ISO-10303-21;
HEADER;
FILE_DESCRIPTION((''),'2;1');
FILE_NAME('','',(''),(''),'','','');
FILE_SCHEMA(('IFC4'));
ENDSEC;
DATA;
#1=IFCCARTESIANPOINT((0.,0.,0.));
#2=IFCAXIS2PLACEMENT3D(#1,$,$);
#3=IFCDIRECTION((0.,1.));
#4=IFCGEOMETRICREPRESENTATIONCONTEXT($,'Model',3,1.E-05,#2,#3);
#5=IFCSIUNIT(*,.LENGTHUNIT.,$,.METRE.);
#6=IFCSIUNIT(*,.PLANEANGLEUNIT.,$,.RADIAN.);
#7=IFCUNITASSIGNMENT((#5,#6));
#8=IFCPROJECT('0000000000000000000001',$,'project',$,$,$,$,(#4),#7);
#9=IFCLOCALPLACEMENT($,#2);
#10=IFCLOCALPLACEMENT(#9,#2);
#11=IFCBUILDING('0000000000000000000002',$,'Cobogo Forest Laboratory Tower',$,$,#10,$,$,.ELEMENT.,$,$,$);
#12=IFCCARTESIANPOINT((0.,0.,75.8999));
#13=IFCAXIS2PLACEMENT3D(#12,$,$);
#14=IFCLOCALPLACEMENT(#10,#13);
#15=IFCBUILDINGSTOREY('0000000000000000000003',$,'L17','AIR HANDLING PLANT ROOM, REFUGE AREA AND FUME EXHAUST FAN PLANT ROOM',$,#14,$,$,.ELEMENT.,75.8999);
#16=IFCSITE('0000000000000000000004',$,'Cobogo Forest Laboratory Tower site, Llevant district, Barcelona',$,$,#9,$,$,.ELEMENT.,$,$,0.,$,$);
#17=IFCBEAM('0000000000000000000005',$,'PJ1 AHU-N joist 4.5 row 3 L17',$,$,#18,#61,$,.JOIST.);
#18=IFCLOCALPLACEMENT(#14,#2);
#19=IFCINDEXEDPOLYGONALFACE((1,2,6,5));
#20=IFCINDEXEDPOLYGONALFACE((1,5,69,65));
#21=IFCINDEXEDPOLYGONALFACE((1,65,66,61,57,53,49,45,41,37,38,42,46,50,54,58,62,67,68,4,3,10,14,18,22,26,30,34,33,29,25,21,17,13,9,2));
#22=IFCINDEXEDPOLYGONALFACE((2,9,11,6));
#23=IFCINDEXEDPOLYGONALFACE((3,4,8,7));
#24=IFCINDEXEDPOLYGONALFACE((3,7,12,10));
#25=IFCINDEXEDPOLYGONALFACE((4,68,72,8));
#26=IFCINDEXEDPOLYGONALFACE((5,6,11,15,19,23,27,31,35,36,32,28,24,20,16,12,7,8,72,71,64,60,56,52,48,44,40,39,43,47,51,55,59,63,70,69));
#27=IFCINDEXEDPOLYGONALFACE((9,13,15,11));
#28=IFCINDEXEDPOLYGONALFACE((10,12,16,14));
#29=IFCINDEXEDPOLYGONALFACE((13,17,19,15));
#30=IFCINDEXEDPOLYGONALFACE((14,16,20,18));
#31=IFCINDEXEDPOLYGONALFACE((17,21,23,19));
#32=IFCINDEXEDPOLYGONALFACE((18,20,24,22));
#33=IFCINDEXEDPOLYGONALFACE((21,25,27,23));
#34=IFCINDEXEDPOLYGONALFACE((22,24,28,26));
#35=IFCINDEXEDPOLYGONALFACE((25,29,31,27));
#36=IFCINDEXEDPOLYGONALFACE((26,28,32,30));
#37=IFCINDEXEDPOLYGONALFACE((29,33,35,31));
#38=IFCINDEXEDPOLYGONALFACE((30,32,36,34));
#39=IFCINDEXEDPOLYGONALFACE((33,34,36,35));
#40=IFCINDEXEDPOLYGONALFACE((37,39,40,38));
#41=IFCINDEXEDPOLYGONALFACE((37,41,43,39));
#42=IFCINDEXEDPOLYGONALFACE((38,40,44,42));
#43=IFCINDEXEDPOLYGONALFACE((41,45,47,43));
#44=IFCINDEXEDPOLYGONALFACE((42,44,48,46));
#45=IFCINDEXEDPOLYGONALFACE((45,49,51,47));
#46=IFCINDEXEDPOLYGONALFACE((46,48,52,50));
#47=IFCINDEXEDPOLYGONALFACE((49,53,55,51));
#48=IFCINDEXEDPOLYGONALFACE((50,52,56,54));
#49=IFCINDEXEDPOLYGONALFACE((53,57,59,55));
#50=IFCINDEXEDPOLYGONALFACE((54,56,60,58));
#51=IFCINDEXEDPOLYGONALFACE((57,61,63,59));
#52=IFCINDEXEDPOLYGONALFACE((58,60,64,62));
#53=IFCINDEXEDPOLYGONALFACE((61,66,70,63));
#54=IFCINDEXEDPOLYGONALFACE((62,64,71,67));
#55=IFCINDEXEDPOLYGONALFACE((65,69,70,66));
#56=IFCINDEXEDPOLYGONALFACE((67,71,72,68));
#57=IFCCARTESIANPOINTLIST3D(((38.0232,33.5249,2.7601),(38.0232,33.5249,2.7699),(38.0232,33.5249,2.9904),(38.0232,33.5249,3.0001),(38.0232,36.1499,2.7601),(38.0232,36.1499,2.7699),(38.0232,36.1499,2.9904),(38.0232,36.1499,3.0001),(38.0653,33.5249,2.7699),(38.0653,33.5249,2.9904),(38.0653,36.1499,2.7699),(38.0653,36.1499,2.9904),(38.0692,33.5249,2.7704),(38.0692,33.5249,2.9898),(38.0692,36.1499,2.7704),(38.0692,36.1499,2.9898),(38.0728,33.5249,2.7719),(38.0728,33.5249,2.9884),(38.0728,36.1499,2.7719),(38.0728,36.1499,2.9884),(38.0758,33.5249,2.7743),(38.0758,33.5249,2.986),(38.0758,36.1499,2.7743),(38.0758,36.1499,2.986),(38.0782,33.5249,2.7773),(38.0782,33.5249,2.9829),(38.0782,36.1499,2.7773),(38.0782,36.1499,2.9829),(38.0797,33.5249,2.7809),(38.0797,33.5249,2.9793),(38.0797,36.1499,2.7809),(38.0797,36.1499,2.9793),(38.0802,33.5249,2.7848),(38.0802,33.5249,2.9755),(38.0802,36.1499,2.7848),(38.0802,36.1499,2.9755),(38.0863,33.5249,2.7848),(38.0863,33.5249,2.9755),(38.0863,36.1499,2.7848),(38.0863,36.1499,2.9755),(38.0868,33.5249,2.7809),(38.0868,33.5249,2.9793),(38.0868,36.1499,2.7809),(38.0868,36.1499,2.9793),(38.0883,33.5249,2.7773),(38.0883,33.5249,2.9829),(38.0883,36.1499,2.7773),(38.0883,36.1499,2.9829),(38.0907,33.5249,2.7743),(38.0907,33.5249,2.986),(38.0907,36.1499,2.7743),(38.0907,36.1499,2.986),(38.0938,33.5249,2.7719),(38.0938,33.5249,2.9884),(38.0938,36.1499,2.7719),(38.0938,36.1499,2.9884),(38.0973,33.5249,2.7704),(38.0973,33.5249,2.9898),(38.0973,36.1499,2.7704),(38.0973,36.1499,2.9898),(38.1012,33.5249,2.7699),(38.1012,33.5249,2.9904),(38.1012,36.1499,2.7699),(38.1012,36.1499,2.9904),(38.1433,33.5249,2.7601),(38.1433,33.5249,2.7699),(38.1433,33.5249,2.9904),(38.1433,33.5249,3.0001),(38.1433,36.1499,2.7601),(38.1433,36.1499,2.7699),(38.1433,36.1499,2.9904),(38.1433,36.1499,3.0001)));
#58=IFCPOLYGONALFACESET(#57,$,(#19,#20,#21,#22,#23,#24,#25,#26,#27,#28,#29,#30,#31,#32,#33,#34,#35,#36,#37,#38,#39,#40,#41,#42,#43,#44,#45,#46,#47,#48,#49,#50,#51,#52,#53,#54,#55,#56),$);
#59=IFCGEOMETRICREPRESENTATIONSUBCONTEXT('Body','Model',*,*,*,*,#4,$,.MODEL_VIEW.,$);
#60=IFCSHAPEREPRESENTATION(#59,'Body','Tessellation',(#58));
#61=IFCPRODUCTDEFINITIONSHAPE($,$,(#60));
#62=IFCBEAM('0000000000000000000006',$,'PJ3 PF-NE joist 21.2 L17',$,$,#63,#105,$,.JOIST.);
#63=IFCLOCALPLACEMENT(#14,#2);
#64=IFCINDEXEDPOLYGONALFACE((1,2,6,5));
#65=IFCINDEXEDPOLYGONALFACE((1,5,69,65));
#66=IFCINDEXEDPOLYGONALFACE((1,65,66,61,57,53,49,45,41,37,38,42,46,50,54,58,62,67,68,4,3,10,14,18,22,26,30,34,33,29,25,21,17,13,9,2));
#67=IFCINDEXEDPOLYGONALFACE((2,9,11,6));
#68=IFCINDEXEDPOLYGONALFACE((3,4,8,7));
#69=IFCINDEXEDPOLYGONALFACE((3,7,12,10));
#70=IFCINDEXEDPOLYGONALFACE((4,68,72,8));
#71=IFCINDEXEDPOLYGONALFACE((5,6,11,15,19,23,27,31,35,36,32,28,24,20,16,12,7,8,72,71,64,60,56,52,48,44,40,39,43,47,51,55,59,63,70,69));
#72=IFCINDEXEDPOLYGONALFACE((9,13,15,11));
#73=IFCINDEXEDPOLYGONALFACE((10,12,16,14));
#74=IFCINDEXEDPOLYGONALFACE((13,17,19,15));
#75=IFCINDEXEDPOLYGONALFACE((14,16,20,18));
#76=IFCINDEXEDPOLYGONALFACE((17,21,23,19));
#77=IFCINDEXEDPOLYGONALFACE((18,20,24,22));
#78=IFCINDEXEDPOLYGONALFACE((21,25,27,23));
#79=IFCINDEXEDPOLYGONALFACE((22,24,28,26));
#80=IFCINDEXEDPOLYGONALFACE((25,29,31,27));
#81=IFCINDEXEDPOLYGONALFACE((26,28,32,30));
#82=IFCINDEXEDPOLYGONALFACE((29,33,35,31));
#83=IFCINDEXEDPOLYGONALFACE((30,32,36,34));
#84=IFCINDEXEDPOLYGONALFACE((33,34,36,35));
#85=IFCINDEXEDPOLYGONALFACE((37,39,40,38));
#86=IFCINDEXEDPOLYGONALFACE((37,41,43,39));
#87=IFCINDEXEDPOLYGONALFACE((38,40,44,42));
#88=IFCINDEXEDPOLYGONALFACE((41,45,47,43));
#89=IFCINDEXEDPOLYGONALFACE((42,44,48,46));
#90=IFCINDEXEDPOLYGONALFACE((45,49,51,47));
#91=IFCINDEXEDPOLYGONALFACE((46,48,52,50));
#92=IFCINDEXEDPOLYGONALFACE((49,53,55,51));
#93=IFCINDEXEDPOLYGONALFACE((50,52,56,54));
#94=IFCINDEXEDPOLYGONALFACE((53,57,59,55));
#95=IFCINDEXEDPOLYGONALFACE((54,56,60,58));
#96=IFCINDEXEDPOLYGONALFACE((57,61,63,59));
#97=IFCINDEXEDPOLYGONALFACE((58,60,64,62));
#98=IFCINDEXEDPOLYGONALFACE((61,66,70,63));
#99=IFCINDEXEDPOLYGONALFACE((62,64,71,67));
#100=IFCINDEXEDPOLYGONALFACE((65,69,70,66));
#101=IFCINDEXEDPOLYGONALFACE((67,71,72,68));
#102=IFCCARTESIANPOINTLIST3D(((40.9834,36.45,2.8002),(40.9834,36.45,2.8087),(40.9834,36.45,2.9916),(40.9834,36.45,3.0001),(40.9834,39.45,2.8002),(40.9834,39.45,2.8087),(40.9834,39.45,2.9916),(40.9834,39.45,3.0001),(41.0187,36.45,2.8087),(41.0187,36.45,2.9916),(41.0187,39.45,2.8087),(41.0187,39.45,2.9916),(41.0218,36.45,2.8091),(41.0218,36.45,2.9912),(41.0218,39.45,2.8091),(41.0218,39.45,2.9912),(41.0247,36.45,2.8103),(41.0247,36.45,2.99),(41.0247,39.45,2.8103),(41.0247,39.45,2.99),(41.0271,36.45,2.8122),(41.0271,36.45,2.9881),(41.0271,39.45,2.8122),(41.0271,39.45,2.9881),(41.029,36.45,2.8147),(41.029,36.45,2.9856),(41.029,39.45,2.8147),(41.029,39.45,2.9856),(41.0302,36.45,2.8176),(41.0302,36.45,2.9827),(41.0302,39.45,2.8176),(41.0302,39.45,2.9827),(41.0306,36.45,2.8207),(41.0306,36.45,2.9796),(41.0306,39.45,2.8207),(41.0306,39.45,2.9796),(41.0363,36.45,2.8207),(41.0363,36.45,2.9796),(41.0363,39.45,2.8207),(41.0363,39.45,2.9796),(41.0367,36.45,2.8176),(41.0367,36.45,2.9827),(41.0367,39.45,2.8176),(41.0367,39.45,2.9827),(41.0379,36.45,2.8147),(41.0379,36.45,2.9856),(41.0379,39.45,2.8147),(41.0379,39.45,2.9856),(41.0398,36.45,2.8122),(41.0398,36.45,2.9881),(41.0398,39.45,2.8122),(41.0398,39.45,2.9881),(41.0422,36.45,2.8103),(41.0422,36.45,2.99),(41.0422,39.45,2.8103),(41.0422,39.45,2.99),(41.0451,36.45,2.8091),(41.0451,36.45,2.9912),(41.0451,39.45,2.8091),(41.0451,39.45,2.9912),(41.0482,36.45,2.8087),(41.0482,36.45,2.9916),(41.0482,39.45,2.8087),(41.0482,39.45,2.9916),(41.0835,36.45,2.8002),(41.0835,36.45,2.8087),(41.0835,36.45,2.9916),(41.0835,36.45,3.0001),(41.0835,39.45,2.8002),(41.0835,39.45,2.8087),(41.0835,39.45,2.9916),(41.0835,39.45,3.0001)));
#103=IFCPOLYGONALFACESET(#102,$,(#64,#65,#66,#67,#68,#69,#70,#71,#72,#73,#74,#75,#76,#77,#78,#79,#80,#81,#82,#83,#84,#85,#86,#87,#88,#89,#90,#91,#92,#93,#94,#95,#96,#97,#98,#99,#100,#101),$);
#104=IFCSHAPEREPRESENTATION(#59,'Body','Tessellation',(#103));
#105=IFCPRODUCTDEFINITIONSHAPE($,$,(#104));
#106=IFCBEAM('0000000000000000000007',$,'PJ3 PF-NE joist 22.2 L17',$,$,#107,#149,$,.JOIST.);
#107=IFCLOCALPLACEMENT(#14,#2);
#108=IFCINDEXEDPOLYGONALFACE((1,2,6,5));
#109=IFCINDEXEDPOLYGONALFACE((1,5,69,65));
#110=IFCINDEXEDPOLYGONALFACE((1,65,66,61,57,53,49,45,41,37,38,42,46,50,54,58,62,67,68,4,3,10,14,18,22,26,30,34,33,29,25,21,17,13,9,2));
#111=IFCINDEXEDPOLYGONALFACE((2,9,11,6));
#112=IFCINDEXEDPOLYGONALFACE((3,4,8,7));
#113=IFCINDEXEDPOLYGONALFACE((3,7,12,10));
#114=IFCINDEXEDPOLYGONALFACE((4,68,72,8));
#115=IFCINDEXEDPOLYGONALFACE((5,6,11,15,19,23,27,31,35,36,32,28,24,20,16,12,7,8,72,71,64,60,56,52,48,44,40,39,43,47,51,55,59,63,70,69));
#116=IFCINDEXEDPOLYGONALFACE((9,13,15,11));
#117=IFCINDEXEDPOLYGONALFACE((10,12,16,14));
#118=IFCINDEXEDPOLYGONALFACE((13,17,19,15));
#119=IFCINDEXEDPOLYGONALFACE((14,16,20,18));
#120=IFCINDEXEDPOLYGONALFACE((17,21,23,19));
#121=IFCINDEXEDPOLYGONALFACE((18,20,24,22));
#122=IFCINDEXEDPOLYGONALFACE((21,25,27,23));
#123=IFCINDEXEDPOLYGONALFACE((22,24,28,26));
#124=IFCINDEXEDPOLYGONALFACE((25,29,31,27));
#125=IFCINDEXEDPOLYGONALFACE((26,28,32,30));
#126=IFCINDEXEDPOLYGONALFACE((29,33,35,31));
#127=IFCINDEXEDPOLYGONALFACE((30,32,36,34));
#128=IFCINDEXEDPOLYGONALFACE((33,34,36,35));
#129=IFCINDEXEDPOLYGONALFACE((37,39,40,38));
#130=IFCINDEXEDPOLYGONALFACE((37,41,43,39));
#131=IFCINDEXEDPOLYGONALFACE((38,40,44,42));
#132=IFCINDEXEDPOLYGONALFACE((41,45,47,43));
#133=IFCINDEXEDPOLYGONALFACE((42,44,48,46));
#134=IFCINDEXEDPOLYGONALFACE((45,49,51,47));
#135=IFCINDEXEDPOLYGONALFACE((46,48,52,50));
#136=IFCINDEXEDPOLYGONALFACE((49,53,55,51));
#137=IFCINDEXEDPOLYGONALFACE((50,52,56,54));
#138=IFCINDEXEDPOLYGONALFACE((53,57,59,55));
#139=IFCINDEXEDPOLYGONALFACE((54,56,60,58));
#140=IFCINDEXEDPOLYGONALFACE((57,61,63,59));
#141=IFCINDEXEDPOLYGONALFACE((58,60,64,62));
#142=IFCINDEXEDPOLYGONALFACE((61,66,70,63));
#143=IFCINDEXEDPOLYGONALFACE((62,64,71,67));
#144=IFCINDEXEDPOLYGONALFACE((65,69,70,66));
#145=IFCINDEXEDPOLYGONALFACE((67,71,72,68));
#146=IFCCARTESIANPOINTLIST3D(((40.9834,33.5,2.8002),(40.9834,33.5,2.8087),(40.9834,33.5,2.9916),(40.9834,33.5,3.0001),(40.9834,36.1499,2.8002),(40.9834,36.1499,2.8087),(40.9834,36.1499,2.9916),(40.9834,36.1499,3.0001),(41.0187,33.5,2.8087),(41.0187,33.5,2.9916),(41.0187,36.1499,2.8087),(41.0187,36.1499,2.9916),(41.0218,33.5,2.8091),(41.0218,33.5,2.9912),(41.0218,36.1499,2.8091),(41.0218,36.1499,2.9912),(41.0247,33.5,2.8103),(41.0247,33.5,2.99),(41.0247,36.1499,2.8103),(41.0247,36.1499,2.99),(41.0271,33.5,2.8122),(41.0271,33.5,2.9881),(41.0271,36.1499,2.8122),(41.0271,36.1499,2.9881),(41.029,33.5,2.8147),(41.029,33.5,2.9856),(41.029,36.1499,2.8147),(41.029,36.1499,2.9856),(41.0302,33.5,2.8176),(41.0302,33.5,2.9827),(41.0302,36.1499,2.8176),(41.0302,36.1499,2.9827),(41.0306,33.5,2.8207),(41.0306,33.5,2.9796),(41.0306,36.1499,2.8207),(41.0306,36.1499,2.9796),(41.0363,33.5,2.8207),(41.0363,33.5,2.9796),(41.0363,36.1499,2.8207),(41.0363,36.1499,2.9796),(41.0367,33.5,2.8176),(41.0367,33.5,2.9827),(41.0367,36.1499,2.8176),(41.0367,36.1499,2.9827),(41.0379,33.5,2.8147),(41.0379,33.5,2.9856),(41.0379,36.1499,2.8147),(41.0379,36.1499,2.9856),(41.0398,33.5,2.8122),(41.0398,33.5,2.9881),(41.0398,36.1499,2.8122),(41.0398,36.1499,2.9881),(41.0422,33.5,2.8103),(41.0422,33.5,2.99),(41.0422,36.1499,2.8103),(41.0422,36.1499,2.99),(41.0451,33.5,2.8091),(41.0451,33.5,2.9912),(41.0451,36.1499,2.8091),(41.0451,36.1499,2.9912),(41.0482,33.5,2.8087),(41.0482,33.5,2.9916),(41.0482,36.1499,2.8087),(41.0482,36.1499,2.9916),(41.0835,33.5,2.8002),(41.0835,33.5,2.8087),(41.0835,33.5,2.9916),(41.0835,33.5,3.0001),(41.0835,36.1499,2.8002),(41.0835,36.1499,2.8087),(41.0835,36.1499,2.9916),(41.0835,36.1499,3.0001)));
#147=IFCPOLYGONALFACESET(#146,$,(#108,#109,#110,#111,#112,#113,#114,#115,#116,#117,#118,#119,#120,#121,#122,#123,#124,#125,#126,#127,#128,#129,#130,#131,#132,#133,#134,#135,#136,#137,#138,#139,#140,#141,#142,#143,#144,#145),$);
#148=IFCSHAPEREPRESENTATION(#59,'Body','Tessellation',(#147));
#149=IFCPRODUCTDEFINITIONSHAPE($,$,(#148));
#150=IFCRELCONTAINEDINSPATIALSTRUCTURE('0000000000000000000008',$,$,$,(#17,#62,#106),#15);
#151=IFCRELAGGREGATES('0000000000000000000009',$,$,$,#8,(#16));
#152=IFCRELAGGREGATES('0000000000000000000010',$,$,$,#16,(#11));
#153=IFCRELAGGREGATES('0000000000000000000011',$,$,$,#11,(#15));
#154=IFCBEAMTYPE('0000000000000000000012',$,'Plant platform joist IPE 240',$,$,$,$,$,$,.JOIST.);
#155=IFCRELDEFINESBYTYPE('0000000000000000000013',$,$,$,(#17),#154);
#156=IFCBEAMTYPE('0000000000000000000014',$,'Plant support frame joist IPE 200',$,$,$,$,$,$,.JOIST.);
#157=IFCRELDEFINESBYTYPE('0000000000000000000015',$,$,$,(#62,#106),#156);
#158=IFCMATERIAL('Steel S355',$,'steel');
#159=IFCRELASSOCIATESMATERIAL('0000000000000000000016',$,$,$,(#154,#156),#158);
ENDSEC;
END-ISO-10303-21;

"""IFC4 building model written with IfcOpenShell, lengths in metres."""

from ifc_helpers import new_model, si_unit, direction, frame, origin, origin_2d, place, context, subcontext, project, spatial, i_section, extrude, material, material_profile, profile_set, type_object, element, save


model = new_model("IFC4")

# Units and contexts
model_context = context("Model", 3, precision=1e-05, world=origin(), true_north=direction((0.0, 1.0)))
body_context = subcontext(model_context, "Body", "Model", "MODEL_VIEW")
ifc_project = project(units=[si_unit("LENGTHUNIT", "METRE"), si_unit("PLANEANGLEUNIT", "RADIAN")], contexts=[model_context])

# Site, building, storey
site_placement = place(None, origin())
site = spatial("IfcSite", under=ifc_project, at=site_placement, Name="Cobogo Forest Laboratory Tower site, Llevant district, Barcelona", CompositionType="ELEMENT", RefElevation=0.0)
building_placement = place(site_placement, origin())
building = spatial("IfcBuilding", under=site, at=building_placement, Name="Cobogo Forest Laboratory Tower", CompositionType="ELEMENT")
storey_placement = place(building_placement, frame((0.0, 0.0, 75.8999)))
storey = spatial("IfcBuildingStorey", under=building, at=storey_placement, Name="L17", Description="AIR HANDLING PLANT ROOM, REFUGE AREA AND FUME EXHAUST FAN PLANT ROOM", CompositionType="ELEMENT", Elevation=75.8999)

# Beams
ifc_material = material(Name="Steel S355", Category="steel")
ifc_material_profile_1 = material_profile(ifc_material, i_section(OverallWidth=0.1201, OverallDepth=0.24, WebThickness=0.0061, FlangeThickness=0.0098, FilletRadius=0.0149, at=origin_2d()), Name="IPE 240")
ifc_profile_set_1 = profile_set([ifc_material_profile_1], Name="Steel S355")
beam_type_1 = type_object("IfcBeamType", Name="Plant platform joist IPE 240", PredefinedType="JOIST", material=ifc_profile_set_1)
beam_1_placement = place(storey_placement, frame((38.0833, 36.1499, 2.8801), z_axis=(0.0, -1.0, 0.0), x_axis=(1.0, 0.0, 0.0)))
element("IfcBeam", 1, at=beam_1_placement, inside=storey, type_object=beam_type_1, Name="PJ1 AHU-N joist 4.5 row 3 L17", PredefinedType="JOIST", context=body_context, shape_type="SweptSolid", body=[
    extrude(i_section(OverallWidth=0.1201, OverallDepth=0.24, WebThickness=0.0061, FlangeThickness=0.0098, FilletRadius=0.0149, at=origin_2d()), origin(), (0.0, 0.0, 1.0), 2.625),
])
ifc_material_profile_2 = material_profile(ifc_material, i_section(OverallWidth=0.1001, OverallDepth=0.2, WebThickness=0.0056, FlangeThickness=0.0085, FilletRadius=0.012, at=origin_2d()), Name="IPE 200")
ifc_profile_set_2 = profile_set([ifc_material_profile_2], Name="Steel S355")
beam_type_2 = type_object("IfcBeamType", Name="Plant support frame joist IPE 200", PredefinedType="JOIST", material=ifc_profile_set_2)
beam_2_placement = place(storey_placement, frame((41.0334, 39.45, 2.9001), z_axis=(0.0, -1.0, 0.0), x_axis=(1.0, 0.0, 0.0)))
element("IfcBeam", 2, at=beam_2_placement, inside=storey, type_object=beam_type_2, Name="PJ3 PF-NE joist 21.2 L17", PredefinedType="JOIST", context=body_context, shape_type="SweptSolid", body=[
    extrude(i_section(OverallWidth=0.1001, OverallDepth=0.2, WebThickness=0.0056, FlangeThickness=0.0085, FilletRadius=0.012, at=origin_2d()), origin(), (0.0, 0.0, 1.0), 3.0),
])
beam_3_placement = place(storey_placement, frame((41.0334, 36.1499, 2.9001), z_axis=(0.0, -1.0, 0.0), x_axis=(1.0, 0.0, 0.0)))
element("IfcBeam", 3, at=beam_3_placement, inside=storey, type_object=beam_type_2, Name="PJ3 PF-NE joist 22.2 L17", PredefinedType="JOIST", context=body_context, shape_type="SweptSolid", body=[
    extrude(i_section(OverallWidth=0.1001, OverallDepth=0.2, WebThickness=0.0056, FlangeThickness=0.0085, FilletRadius=0.012, at=origin_2d()), origin(), (0.0, 0.0, 1.0), 2.6499),
])

save(model, "model.ifc")
